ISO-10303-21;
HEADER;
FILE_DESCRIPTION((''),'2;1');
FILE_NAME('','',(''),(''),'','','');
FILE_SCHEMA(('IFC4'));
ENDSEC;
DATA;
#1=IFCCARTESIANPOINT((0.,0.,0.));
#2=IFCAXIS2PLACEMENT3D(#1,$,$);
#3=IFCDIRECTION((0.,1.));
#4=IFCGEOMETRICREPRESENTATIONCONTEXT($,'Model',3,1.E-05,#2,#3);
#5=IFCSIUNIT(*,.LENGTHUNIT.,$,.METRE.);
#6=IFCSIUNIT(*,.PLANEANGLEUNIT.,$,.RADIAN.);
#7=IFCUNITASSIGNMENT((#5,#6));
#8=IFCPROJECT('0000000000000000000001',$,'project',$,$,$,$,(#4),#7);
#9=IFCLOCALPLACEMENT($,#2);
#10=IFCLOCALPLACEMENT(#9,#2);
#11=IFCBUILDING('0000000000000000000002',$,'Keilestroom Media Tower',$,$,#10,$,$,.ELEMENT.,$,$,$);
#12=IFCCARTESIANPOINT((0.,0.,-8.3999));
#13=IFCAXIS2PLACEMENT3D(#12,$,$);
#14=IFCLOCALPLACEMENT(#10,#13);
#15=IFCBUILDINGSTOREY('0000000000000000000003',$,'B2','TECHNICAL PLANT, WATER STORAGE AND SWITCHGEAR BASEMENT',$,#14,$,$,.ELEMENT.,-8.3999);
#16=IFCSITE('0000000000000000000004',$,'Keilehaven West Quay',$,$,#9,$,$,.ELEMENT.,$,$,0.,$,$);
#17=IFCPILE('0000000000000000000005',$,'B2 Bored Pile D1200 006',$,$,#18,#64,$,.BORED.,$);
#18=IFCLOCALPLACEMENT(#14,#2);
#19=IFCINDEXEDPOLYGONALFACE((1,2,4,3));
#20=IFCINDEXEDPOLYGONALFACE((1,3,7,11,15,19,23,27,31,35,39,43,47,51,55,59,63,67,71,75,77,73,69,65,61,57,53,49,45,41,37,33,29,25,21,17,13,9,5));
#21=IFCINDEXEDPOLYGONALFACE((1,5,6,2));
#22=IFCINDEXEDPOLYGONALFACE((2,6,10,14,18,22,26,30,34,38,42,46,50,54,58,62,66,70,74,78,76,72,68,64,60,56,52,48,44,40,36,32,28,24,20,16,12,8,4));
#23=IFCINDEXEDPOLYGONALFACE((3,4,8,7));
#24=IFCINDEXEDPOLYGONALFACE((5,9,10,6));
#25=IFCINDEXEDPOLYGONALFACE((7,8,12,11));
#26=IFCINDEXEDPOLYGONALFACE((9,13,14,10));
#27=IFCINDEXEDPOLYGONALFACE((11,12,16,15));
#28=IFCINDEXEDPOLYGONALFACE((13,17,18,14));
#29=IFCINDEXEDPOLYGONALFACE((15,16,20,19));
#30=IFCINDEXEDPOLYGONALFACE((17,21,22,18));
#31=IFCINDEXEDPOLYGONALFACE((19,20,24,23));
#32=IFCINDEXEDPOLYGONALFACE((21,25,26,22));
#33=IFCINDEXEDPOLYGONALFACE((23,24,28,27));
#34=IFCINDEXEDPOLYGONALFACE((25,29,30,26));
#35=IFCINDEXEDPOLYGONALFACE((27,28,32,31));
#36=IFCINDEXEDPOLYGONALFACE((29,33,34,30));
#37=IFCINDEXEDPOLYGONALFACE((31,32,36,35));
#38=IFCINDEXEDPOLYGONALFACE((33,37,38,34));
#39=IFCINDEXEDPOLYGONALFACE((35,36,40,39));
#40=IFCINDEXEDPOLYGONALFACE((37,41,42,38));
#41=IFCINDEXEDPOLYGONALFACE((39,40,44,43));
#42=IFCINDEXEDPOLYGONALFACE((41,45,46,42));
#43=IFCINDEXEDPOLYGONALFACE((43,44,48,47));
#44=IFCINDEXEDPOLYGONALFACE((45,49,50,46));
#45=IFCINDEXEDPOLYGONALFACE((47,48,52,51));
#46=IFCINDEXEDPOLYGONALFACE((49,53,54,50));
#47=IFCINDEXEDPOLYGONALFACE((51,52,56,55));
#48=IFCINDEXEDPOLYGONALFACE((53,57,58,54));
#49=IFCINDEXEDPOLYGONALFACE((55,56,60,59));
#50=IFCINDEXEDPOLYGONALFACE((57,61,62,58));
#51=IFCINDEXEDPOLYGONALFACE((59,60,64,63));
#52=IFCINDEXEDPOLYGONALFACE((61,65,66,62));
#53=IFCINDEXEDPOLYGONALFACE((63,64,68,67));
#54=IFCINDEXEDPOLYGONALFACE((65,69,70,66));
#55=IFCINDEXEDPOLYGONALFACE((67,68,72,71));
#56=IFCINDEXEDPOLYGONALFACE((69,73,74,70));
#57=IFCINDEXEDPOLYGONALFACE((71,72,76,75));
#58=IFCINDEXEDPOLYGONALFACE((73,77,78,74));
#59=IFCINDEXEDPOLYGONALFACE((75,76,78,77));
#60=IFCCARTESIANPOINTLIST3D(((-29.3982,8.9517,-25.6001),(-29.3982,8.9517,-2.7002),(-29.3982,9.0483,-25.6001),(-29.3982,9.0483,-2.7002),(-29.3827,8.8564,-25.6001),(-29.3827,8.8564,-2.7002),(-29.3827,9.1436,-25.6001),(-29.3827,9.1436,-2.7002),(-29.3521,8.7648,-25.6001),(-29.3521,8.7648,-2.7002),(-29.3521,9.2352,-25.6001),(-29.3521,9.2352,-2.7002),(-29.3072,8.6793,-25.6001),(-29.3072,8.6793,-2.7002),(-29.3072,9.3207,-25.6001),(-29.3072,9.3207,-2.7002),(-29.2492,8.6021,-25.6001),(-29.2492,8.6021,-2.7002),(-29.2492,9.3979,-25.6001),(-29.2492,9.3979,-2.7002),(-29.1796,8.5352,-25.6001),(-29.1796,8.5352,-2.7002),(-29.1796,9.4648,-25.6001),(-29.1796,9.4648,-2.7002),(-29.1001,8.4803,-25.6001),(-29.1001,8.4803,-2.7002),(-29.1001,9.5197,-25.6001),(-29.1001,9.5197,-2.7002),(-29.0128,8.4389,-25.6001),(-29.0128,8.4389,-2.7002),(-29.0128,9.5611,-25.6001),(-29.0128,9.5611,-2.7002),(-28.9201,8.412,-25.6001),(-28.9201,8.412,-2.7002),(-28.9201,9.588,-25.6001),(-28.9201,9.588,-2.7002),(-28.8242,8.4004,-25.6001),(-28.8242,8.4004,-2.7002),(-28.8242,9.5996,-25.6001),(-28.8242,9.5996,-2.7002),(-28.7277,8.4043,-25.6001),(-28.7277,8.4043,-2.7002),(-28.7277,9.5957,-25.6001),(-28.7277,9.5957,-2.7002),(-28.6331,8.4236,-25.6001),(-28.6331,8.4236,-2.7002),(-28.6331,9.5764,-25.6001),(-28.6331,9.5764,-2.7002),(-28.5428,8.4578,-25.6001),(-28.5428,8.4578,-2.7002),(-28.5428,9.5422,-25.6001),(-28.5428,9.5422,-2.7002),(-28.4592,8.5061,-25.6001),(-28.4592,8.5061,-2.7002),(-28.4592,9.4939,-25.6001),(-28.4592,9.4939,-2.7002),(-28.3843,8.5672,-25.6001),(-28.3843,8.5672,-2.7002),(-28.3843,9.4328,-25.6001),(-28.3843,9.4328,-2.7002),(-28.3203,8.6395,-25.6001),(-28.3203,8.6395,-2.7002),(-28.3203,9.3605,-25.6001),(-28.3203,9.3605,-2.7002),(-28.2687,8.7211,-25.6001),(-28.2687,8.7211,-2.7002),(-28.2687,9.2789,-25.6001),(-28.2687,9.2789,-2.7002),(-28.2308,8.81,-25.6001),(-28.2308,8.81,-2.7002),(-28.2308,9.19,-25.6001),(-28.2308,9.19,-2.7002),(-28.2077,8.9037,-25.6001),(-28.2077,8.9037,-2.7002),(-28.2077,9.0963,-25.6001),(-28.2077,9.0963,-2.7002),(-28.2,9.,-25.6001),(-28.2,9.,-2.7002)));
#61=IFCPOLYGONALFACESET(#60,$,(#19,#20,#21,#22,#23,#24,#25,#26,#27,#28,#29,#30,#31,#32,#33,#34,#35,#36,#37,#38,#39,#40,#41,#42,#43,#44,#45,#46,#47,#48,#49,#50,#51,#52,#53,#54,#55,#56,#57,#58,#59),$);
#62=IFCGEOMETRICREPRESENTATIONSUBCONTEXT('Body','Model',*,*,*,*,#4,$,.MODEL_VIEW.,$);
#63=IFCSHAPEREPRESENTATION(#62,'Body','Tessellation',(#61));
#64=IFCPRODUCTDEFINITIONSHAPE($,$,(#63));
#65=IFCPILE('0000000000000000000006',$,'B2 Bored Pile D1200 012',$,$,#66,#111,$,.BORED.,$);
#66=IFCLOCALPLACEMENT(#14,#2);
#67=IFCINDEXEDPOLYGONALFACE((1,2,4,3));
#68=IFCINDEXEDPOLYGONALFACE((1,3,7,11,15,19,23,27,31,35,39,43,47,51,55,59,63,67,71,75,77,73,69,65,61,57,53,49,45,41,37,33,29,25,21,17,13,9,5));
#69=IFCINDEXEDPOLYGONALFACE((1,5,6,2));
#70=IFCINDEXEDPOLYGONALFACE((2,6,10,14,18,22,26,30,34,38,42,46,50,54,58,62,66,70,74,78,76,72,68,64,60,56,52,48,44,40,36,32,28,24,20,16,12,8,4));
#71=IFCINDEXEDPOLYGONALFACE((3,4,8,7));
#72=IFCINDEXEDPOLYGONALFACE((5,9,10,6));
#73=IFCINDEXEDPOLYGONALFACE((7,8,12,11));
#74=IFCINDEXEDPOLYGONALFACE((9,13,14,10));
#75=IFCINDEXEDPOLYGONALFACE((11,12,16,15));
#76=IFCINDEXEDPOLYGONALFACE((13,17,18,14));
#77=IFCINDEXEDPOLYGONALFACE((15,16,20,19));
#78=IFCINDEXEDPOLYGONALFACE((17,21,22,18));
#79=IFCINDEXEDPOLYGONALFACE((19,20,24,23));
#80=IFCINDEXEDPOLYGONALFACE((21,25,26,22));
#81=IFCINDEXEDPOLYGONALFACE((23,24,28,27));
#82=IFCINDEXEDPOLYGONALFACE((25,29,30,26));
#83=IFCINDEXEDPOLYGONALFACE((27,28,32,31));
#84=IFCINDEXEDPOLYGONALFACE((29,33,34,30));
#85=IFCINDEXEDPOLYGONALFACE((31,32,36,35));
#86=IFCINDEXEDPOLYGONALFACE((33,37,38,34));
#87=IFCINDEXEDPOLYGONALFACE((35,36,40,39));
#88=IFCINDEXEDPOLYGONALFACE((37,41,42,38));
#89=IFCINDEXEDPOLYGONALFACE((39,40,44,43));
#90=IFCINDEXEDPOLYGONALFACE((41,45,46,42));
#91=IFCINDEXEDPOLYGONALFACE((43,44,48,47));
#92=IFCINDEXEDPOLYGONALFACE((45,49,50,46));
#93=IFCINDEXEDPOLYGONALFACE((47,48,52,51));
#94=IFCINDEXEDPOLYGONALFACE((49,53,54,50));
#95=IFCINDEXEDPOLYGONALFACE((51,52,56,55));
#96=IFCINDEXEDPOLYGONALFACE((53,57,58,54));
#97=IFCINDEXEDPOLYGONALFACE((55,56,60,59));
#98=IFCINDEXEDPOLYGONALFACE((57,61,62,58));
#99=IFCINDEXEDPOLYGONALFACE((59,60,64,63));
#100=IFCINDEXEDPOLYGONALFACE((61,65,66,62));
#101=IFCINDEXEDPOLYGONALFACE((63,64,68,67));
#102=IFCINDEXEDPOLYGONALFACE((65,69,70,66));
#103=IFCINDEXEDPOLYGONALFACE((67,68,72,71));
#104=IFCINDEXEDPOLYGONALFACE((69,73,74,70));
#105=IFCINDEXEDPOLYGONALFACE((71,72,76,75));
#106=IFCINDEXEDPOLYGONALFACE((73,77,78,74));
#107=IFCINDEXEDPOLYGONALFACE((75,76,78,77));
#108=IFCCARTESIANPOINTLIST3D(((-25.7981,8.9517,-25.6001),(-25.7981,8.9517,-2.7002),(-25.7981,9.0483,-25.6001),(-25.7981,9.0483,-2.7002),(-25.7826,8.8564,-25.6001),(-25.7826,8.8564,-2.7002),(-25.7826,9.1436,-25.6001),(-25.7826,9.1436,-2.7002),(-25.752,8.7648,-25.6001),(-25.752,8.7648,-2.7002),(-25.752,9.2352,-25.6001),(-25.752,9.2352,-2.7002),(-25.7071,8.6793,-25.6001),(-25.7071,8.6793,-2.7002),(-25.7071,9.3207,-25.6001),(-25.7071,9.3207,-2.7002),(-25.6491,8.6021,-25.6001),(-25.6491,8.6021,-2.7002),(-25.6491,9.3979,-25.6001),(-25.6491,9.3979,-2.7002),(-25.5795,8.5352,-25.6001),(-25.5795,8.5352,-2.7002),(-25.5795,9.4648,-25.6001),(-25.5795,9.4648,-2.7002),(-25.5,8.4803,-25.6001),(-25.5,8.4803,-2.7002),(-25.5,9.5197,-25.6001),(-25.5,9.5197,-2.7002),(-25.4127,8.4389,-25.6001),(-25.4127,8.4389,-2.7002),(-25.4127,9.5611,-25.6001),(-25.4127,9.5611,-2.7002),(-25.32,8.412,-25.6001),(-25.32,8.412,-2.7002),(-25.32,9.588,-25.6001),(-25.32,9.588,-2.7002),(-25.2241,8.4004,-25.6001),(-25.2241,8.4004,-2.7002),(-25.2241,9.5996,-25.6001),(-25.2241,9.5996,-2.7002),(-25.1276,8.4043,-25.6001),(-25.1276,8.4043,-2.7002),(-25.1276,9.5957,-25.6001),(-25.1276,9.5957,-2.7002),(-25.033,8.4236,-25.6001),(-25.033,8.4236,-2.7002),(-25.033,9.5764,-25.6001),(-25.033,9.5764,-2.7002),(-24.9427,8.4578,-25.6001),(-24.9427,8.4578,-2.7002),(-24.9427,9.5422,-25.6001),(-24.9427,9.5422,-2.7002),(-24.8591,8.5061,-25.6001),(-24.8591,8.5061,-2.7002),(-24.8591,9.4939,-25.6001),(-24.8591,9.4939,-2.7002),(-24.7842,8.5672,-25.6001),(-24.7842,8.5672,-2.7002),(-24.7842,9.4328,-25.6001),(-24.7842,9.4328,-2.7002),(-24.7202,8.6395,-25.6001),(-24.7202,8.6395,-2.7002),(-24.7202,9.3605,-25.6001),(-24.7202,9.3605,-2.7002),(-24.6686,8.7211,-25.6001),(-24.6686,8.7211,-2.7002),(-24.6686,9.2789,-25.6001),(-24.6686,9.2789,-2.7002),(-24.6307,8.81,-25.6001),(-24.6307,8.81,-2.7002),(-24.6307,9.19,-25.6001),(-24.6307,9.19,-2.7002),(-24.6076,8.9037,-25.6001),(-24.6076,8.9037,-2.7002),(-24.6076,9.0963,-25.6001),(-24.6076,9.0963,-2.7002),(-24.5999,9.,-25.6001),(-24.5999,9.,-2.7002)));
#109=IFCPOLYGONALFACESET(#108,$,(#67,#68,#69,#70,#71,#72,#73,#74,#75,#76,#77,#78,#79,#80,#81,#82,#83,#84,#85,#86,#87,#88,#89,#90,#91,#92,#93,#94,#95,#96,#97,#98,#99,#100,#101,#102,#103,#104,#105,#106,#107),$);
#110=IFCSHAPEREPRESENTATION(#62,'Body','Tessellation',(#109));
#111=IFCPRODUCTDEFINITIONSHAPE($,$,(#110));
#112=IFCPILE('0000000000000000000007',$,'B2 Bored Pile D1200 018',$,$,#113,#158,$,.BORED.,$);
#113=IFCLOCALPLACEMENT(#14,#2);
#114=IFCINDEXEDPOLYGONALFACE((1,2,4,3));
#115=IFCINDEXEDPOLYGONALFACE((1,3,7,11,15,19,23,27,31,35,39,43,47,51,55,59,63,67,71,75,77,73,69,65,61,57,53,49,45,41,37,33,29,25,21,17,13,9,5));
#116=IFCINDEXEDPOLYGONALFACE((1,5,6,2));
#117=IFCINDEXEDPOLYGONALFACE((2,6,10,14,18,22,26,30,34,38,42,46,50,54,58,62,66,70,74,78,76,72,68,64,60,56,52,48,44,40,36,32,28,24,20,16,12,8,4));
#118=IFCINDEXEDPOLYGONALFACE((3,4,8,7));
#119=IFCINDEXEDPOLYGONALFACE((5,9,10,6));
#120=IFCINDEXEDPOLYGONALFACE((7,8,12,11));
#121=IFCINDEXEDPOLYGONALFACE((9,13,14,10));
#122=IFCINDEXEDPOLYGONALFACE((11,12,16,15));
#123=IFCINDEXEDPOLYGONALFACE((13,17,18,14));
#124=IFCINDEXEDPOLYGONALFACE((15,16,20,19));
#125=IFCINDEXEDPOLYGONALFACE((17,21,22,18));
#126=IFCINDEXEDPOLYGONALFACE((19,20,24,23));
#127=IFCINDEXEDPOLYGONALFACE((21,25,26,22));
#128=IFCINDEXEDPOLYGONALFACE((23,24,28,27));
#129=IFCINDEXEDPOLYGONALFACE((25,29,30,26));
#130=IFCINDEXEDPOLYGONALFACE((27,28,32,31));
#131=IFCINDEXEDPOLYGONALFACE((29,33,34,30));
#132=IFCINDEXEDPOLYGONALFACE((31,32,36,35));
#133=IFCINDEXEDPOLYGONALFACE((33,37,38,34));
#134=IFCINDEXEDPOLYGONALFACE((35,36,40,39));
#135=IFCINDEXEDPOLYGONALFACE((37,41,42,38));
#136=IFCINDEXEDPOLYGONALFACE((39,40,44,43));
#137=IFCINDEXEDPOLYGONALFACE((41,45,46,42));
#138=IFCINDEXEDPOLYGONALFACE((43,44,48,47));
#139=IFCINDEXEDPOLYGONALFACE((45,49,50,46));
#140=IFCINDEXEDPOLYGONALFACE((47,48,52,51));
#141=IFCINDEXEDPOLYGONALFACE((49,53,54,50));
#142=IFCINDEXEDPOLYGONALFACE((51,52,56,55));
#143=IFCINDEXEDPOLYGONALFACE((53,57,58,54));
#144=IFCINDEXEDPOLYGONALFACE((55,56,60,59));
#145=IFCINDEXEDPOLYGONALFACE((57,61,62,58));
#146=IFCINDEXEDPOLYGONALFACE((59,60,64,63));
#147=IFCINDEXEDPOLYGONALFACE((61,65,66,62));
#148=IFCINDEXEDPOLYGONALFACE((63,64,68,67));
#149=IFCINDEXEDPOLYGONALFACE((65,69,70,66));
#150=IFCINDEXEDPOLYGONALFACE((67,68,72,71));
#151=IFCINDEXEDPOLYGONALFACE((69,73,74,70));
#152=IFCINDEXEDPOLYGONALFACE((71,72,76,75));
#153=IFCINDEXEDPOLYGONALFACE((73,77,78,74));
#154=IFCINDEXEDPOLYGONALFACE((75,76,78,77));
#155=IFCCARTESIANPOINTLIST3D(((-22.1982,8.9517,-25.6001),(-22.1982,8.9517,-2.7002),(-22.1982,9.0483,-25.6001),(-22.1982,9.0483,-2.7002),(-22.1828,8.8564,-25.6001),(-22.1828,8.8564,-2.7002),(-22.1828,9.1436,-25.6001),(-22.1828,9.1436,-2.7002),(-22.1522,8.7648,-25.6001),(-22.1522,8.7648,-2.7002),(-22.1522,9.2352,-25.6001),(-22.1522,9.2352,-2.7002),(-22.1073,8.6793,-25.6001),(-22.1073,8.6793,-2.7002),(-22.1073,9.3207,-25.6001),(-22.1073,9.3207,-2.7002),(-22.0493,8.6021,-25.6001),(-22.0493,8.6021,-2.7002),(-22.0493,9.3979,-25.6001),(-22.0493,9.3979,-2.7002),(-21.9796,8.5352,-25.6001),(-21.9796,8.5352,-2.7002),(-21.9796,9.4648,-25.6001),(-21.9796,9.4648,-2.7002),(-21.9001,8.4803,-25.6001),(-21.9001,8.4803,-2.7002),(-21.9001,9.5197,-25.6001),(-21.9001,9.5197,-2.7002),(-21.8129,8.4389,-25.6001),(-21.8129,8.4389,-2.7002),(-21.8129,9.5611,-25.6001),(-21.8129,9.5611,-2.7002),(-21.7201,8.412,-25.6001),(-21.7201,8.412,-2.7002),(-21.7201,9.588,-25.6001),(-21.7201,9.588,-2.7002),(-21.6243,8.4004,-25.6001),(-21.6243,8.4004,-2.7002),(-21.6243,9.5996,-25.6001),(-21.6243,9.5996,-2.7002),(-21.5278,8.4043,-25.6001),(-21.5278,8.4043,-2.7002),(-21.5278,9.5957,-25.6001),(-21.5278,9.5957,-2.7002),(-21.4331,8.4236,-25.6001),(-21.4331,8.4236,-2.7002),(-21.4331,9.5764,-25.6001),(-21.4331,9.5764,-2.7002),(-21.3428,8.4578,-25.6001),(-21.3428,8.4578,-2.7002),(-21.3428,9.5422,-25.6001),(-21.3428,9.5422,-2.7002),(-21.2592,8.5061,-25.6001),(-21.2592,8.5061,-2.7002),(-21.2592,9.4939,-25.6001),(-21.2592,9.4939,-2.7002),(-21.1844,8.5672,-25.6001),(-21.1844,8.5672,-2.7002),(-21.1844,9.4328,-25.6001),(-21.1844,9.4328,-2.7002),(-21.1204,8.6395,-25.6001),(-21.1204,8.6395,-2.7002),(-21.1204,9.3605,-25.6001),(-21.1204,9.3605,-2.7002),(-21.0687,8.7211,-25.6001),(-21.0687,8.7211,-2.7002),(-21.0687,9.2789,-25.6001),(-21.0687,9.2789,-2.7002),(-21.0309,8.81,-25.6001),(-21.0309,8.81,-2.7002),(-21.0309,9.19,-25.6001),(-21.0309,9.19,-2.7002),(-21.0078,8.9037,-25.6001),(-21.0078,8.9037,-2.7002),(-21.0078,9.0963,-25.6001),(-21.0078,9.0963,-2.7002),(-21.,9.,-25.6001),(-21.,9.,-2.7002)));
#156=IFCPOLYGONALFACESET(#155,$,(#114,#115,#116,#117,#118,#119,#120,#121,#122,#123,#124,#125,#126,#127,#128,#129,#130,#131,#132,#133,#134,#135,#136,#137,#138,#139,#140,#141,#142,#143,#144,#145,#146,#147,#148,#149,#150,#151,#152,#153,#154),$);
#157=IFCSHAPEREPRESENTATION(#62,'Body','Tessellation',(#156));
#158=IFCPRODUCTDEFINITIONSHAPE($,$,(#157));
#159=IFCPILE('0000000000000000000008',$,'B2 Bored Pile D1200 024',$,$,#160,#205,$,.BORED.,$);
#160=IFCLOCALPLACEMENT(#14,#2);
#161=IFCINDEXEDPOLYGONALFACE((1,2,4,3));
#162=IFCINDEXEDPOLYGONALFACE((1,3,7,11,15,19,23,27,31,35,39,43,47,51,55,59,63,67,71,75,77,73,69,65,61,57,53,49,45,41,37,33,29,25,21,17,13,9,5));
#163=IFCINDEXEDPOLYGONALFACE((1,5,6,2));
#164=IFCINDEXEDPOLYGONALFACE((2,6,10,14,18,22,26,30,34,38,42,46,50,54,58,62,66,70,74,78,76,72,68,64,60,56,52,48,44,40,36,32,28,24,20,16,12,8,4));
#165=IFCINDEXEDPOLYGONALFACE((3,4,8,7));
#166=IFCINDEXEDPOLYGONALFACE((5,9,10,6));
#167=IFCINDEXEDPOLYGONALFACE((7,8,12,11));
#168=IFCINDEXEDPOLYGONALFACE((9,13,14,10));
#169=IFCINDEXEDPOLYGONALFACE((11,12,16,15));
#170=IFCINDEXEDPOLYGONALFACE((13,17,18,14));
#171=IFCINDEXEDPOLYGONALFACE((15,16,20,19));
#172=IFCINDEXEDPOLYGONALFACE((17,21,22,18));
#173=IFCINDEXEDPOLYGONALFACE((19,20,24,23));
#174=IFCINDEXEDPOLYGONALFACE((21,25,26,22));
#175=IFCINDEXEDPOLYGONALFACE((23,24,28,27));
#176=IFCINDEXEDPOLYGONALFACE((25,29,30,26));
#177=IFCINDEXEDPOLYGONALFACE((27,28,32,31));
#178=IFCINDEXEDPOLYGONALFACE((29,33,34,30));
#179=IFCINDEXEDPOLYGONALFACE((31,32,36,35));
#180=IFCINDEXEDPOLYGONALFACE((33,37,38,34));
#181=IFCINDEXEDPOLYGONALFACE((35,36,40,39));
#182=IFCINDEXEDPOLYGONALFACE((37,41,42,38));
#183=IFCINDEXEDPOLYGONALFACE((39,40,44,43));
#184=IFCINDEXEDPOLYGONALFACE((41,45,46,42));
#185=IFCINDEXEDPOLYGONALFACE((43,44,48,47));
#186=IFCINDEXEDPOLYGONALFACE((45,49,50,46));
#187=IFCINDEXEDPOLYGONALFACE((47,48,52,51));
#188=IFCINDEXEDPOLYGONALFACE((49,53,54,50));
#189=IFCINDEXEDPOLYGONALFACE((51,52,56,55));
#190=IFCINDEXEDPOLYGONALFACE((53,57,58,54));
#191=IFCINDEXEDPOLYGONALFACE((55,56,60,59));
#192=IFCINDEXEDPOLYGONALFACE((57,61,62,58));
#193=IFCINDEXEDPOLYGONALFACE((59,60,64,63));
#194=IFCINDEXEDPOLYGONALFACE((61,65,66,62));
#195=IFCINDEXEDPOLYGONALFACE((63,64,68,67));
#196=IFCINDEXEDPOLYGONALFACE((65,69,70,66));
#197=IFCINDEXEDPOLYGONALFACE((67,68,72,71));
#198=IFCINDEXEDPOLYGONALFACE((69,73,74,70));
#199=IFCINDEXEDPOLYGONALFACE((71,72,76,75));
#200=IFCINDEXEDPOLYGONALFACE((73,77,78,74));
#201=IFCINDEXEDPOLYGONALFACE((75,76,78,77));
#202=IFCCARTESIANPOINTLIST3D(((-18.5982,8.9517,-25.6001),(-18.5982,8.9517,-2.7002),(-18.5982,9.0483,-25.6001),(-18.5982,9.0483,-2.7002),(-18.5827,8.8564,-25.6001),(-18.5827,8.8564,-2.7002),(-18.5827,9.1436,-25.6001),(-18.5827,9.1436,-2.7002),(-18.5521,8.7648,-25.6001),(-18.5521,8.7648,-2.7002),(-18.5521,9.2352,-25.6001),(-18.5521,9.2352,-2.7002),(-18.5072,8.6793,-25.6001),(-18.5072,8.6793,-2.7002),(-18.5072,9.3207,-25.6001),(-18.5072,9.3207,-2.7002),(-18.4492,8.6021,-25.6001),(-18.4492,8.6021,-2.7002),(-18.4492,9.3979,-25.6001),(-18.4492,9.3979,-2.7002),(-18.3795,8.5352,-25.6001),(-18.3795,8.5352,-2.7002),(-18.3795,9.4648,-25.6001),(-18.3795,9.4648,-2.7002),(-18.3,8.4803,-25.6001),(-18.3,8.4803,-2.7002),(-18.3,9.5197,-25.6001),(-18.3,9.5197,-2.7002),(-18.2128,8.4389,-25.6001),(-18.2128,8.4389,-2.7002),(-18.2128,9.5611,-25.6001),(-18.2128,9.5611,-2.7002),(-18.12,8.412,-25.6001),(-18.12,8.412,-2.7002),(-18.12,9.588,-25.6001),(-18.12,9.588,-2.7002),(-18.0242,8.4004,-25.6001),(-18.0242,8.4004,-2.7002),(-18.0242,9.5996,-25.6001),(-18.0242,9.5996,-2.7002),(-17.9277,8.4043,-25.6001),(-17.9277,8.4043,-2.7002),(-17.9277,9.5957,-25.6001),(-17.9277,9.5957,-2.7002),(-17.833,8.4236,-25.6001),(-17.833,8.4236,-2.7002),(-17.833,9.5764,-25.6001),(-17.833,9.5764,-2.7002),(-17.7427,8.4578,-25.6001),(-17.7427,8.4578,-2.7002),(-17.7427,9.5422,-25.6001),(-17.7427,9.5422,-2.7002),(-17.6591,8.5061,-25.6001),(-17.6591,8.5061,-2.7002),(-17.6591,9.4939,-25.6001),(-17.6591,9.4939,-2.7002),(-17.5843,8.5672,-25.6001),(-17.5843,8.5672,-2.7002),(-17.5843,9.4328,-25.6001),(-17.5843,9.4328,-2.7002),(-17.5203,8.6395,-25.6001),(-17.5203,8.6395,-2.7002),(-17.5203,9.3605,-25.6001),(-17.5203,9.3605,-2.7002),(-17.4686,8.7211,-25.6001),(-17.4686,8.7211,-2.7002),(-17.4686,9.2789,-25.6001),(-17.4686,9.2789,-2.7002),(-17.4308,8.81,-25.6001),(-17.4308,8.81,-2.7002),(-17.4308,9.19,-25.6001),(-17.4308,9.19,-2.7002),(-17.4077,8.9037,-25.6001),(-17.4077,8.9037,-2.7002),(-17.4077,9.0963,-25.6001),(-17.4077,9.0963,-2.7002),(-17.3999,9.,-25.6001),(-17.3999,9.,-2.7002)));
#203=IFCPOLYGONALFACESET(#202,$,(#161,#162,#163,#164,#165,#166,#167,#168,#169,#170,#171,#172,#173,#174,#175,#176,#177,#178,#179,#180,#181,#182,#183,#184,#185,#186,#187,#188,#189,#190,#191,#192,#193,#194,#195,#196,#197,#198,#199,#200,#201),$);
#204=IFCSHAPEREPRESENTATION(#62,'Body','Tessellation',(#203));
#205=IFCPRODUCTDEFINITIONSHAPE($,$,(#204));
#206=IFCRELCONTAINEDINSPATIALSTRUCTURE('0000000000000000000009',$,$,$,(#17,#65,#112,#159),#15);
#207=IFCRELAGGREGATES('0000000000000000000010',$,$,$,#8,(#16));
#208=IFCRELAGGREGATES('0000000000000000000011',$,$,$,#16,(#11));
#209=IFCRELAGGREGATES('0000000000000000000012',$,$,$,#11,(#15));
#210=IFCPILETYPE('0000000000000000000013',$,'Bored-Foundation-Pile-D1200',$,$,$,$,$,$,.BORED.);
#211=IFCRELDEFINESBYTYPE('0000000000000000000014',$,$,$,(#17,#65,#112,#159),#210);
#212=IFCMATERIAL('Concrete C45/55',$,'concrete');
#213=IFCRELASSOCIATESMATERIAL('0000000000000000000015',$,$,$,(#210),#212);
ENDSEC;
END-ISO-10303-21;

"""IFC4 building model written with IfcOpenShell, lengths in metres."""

from ifc_helpers import new_model, si_unit, direction, frame, origin, origin_2d, place, context, subcontext, project, spatial, circle, extrude, source, transform, mapped, material, material_profile, profile_set, type_object, element, save


model = new_model("IFC4")

# Units and contexts
model_context = context("Model", 3, precision=1e-05, world=origin(), true_north=direction((0.0, 1.0)))
body_context = subcontext(model_context, "Body", "Model", "MODEL_VIEW")
ifc_project = project(units=[si_unit("LENGTHUNIT", "METRE"), si_unit("PLANEANGLEUNIT", "RADIAN")], contexts=[model_context])

# Site, building, storey
site_placement = place(None, origin())
site = spatial("IfcSite", under=ifc_project, at=site_placement, Name="Keilehaven West Quay", CompositionType="ELEMENT", RefElevation=0.0)
building_placement = place(site_placement, origin())
building = spatial("IfcBuilding", under=site, at=building_placement, Name="Keilestroom Media Tower", CompositionType="ELEMENT")
storey_placement = place(building_placement, frame((0.0, 0.0, -8.3999)))
storey = spatial("IfcBuildingStorey", under=building, at=storey_placement, Name="B2", Description="TECHNICAL PLANT, WATER STORAGE AND SWITCHGEAR BASEMENT", CompositionType="ELEMENT", Elevation=-8.3999)

# Piles
ifc_material_1 = material(Name="Concrete C45/55", Category="concrete")
ifc_material_profile_1 = material_profile(ifc_material_1, circle(Radius=0.6001, at=origin_2d()), Name="BORED PILE D1200")
ifc_profile_set_1 = profile_set([ifc_material_profile_1], Name="Concrete C45/55")
pile_type_1 = type_object("IfcPileType", Name="Bored-Foundation-Pile-D1200", PredefinedType="BORED", material=ifc_profile_set_1)
shared_shape_1 = source(origin(), body_context, "Body", "SweptSolid", [
    extrude(circle(Radius=0.6001, at=origin_2d()), origin(), (0.0, 0.0, 1.0), 22.8999),
])
for number, where, z_axis, x_axis, name in (
    (1, (-28.8, 9.0, -2.7002), (0.0, 0.0, -1.0), (1.0, 0.0, 0.0), "B2 Bored Pile D1200 006"),
    (2, (-25.2, 9.0, -2.7002), (0.0, 0.0, -1.0), (1.0, 0.0, 0.0), "B2 Bored Pile D1200 012"),
    (3, (-21.6001, 9.0, -2.7002), (0.0, 0.0, -1.0), (1.0, 0.0, 0.0), "B2 Bored Pile D1200 018"),
    (4, (-18.0, 9.0, -2.7002), (0.0, 0.0, -1.0), (1.0, 0.0, 0.0), "B2 Bored Pile D1200 024"),
):
    element("IfcPile", number, at=place(storey_placement, frame(where, z_axis=z_axis, x_axis=x_axis)), inside=storey, type_object=pile_type_1, Name=name, PredefinedType="BORED", context=body_context, shape_type="MappedRepresentation", body=[
        mapped(shared_shape_1, transform((0.0, 0.0, 0.0), x_axis=(1.0, 0.0, 0.0), y_axis=(0.0, 1.0, 0.0), z_axis=(0.0, 0.0, 1.0), scale=1.0)),
    ])

save(model, "model.ifc")
